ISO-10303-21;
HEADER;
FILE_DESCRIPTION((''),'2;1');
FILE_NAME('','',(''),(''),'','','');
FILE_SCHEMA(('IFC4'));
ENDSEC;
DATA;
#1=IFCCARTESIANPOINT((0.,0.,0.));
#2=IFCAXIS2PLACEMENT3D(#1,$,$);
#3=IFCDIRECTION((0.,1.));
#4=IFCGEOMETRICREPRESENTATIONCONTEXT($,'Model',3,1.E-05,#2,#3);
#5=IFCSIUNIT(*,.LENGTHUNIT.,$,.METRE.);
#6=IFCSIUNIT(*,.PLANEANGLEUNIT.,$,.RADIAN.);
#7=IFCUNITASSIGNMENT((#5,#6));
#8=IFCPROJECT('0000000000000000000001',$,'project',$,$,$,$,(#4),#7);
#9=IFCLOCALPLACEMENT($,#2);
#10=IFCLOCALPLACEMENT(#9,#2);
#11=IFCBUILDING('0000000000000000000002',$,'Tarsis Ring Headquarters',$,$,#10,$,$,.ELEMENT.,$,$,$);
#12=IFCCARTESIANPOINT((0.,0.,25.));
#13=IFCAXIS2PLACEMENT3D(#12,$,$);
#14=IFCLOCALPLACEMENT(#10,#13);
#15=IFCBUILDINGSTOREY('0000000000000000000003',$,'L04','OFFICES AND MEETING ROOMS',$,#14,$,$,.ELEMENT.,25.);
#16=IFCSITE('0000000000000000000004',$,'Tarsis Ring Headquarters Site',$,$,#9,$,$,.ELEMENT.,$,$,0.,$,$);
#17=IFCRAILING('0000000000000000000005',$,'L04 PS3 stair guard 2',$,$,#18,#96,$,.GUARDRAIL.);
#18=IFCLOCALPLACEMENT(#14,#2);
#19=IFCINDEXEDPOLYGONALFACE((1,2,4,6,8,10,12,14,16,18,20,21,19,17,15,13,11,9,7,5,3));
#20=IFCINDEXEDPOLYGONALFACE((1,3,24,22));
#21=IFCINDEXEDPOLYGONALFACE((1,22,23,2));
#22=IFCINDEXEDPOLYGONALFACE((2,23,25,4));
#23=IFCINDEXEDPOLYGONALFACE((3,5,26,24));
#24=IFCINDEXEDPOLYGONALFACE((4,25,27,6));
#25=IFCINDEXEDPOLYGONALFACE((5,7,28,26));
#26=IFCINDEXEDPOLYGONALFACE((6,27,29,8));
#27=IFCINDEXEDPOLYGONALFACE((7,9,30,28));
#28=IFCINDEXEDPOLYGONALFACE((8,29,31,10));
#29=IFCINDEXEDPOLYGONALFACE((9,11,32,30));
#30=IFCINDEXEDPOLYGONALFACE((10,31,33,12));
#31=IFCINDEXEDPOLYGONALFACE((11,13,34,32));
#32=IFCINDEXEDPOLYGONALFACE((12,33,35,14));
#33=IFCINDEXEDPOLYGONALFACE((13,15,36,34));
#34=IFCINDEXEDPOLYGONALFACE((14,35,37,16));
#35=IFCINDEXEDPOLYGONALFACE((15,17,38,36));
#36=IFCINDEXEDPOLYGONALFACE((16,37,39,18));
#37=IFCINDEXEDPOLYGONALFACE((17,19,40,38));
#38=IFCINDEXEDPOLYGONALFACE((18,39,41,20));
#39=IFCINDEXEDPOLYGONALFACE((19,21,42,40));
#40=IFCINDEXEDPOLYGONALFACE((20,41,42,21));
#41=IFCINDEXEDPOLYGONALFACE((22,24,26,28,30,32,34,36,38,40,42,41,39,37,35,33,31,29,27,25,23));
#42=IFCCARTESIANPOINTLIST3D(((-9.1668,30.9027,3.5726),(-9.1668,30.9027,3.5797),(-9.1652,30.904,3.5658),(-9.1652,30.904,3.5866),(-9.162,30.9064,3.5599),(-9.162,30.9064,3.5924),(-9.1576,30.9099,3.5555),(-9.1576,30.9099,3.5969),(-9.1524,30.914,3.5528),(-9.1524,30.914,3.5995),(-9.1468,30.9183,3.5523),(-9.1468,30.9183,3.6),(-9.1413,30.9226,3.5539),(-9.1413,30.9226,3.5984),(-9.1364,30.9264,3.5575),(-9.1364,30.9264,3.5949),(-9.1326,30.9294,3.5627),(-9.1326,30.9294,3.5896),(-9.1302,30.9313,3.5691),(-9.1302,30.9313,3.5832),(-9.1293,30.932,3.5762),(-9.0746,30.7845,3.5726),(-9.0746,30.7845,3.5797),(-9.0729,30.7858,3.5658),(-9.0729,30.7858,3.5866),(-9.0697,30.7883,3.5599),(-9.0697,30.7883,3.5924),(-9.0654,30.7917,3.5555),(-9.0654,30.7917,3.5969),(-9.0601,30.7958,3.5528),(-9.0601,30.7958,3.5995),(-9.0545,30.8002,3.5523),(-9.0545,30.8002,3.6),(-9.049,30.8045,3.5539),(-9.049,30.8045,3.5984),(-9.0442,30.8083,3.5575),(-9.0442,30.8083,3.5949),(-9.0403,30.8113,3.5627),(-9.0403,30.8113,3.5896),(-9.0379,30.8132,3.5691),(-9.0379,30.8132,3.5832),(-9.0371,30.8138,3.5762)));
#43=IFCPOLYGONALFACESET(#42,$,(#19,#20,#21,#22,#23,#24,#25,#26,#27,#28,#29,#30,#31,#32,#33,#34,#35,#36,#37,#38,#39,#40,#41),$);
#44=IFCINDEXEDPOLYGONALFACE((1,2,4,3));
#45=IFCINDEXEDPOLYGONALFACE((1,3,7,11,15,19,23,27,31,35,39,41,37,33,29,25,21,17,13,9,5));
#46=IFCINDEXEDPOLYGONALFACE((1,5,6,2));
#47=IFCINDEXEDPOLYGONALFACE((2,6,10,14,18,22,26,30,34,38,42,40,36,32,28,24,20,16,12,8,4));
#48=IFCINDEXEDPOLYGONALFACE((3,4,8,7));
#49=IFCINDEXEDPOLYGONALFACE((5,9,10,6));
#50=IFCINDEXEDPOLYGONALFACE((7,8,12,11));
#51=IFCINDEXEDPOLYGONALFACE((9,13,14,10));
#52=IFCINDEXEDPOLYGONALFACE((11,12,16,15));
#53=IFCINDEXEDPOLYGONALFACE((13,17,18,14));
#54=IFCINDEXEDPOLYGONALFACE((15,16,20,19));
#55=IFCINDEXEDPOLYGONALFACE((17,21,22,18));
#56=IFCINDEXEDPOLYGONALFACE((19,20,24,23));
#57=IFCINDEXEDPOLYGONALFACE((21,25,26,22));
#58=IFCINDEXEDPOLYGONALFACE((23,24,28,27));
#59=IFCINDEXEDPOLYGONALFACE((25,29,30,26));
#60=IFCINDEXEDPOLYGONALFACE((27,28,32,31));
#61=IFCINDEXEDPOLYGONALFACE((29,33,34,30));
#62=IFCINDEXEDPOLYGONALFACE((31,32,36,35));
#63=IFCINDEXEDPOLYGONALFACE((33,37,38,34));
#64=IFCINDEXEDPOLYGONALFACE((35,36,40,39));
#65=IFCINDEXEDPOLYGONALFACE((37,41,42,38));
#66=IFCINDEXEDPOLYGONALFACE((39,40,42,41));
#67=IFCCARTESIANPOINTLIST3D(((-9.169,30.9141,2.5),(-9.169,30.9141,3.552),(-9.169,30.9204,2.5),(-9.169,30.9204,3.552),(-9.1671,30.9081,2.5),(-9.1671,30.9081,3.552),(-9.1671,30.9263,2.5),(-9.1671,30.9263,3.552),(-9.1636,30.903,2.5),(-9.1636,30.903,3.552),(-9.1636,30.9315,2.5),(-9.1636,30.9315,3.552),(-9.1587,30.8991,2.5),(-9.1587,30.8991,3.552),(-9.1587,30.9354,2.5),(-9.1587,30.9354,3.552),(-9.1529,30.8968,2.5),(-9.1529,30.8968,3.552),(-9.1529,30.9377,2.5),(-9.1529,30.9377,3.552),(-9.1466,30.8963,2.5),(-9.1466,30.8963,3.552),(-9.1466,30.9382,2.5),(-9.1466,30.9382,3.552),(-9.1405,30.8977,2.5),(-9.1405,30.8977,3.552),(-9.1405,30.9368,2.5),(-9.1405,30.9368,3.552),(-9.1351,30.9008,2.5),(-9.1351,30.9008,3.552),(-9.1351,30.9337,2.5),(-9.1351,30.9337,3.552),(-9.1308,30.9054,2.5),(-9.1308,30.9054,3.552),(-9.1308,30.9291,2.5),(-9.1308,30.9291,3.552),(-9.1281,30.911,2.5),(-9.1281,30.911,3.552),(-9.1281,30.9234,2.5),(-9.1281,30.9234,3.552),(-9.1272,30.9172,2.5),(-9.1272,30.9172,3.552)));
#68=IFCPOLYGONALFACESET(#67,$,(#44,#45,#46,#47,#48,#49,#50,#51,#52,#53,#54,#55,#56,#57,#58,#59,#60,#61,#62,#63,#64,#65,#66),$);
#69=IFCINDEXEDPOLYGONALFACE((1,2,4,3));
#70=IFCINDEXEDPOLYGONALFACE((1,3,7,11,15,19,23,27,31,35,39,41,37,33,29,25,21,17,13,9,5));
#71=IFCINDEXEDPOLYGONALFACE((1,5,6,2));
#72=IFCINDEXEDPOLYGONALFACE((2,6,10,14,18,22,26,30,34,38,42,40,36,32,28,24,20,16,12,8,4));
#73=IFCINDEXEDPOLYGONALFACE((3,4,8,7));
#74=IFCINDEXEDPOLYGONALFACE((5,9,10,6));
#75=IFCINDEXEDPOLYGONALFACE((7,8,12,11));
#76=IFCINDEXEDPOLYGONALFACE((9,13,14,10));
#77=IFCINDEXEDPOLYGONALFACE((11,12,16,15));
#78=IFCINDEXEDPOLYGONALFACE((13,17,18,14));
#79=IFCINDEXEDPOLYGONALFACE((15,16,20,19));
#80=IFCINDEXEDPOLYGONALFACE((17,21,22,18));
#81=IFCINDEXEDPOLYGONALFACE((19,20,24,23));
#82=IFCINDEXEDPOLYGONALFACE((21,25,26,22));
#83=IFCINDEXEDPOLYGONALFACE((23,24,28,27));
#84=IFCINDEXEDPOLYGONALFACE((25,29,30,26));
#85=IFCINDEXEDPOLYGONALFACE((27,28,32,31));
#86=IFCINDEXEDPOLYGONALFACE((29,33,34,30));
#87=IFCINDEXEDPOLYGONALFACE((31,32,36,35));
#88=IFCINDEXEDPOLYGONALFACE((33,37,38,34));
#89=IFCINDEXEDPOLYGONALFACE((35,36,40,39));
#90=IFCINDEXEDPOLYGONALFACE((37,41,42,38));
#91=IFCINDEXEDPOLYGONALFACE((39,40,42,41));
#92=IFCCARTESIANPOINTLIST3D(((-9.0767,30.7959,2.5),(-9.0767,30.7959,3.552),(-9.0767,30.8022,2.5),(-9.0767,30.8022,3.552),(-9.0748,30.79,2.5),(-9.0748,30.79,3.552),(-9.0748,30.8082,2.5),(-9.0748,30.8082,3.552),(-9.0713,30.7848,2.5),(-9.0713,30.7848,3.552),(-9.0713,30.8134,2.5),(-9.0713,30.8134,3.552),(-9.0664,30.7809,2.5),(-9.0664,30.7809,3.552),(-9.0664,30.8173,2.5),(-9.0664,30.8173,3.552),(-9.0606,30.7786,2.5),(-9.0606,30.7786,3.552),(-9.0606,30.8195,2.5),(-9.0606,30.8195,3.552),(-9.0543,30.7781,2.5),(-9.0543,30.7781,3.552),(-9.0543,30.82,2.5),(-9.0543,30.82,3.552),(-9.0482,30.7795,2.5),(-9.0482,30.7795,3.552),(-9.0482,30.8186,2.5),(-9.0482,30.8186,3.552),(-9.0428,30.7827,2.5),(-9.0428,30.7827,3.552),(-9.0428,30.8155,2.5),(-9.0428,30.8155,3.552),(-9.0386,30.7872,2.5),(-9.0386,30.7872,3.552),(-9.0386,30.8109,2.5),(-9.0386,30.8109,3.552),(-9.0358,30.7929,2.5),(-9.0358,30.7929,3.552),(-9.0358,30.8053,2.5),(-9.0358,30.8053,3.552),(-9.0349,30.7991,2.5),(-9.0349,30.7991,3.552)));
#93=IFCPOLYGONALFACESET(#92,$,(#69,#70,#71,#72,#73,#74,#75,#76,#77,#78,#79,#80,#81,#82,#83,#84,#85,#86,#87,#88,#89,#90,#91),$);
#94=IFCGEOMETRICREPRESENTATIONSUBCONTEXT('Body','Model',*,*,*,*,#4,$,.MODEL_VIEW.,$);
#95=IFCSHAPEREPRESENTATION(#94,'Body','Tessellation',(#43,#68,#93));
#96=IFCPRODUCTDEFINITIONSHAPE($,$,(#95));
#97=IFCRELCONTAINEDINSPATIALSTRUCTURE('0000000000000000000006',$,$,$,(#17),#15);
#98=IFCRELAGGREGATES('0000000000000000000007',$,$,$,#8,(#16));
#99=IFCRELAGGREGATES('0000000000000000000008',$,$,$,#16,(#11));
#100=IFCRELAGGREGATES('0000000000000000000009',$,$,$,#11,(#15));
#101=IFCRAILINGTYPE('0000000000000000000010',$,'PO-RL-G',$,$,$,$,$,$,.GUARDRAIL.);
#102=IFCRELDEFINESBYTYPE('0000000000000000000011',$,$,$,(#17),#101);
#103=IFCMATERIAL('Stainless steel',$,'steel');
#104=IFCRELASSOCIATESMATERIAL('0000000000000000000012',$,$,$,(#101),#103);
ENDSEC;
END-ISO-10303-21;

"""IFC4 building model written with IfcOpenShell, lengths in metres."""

from ifc_helpers import new_model, si_unit, direction, frame, origin, origin_2d, place, context, subcontext, project, spatial, circle, extrude, material, type_object, element, save


model = new_model("IFC4")

# Units and contexts
model_context = context("Model", 3, precision=1e-05, world=origin(), true_north=direction((0.0, 1.0)))
body_context = subcontext(model_context, "Body", "Model", "MODEL_VIEW")
ifc_project = project(units=[si_unit("LENGTHUNIT", "METRE"), si_unit("PLANEANGLEUNIT", "RADIAN")], contexts=[model_context])

# Site, building, storey
site_placement = place(None, origin())
site = spatial("IfcSite", under=ifc_project, at=site_placement, Name="Tarsis Ring Headquarters Site", CompositionType="ELEMENT", RefElevation=0.0)
building_placement = place(site_placement, origin())
building = spatial("IfcBuilding", under=site, at=building_placement, Name="Tarsis Ring Headquarters", CompositionType="ELEMENT")
storey_placement = place(building_placement, frame((0.0, 0.0, 25.0)))
storey = spatial("IfcBuildingStorey", under=building, at=storey_placement, Name="L04", Description="OFFICES AND MEETING ROOMS", CompositionType="ELEMENT", Elevation=25.0)

# Railing
ifc_material_1 = material(Name="Stainless steel", Category="steel")
railing_type_1 = type_object("IfcRailingType", Name="PO-RL-G", PredefinedType="GUARDRAIL", material=ifc_material_1)
railing_1_placement = place(storey_placement, frame((-9.1482, 30.9172, 2.5)))
element("IfcRailing", 1, at=railing_1_placement, inside=storey, type_object=railing_type_1, Name="L04 PS3 stair guard 2", PredefinedType="GUARDRAIL", context=body_context, shape_type="SweptSolid", body=[
    extrude(circle(Radius=0.0239, at=origin_2d()), frame((0.0, 0.0, 1.0762), z_axis=(0.615518, -0.788123, 0.0), x_axis=(0.788123, 0.615518, 0.0)), (0.0, 0.0, 1.0), 0.1499),
    extrude(circle(Radius=0.021, at=origin_2d()), origin(), (0.0, 0.0, 1.0), 1.052),
    extrude(circle(Radius=0.021, at=origin_2d()), frame((0.0923, -0.1182, 0.0)), (0.0, 0.0, 1.0), 1.052),
])

save(model, "model.ifc")
